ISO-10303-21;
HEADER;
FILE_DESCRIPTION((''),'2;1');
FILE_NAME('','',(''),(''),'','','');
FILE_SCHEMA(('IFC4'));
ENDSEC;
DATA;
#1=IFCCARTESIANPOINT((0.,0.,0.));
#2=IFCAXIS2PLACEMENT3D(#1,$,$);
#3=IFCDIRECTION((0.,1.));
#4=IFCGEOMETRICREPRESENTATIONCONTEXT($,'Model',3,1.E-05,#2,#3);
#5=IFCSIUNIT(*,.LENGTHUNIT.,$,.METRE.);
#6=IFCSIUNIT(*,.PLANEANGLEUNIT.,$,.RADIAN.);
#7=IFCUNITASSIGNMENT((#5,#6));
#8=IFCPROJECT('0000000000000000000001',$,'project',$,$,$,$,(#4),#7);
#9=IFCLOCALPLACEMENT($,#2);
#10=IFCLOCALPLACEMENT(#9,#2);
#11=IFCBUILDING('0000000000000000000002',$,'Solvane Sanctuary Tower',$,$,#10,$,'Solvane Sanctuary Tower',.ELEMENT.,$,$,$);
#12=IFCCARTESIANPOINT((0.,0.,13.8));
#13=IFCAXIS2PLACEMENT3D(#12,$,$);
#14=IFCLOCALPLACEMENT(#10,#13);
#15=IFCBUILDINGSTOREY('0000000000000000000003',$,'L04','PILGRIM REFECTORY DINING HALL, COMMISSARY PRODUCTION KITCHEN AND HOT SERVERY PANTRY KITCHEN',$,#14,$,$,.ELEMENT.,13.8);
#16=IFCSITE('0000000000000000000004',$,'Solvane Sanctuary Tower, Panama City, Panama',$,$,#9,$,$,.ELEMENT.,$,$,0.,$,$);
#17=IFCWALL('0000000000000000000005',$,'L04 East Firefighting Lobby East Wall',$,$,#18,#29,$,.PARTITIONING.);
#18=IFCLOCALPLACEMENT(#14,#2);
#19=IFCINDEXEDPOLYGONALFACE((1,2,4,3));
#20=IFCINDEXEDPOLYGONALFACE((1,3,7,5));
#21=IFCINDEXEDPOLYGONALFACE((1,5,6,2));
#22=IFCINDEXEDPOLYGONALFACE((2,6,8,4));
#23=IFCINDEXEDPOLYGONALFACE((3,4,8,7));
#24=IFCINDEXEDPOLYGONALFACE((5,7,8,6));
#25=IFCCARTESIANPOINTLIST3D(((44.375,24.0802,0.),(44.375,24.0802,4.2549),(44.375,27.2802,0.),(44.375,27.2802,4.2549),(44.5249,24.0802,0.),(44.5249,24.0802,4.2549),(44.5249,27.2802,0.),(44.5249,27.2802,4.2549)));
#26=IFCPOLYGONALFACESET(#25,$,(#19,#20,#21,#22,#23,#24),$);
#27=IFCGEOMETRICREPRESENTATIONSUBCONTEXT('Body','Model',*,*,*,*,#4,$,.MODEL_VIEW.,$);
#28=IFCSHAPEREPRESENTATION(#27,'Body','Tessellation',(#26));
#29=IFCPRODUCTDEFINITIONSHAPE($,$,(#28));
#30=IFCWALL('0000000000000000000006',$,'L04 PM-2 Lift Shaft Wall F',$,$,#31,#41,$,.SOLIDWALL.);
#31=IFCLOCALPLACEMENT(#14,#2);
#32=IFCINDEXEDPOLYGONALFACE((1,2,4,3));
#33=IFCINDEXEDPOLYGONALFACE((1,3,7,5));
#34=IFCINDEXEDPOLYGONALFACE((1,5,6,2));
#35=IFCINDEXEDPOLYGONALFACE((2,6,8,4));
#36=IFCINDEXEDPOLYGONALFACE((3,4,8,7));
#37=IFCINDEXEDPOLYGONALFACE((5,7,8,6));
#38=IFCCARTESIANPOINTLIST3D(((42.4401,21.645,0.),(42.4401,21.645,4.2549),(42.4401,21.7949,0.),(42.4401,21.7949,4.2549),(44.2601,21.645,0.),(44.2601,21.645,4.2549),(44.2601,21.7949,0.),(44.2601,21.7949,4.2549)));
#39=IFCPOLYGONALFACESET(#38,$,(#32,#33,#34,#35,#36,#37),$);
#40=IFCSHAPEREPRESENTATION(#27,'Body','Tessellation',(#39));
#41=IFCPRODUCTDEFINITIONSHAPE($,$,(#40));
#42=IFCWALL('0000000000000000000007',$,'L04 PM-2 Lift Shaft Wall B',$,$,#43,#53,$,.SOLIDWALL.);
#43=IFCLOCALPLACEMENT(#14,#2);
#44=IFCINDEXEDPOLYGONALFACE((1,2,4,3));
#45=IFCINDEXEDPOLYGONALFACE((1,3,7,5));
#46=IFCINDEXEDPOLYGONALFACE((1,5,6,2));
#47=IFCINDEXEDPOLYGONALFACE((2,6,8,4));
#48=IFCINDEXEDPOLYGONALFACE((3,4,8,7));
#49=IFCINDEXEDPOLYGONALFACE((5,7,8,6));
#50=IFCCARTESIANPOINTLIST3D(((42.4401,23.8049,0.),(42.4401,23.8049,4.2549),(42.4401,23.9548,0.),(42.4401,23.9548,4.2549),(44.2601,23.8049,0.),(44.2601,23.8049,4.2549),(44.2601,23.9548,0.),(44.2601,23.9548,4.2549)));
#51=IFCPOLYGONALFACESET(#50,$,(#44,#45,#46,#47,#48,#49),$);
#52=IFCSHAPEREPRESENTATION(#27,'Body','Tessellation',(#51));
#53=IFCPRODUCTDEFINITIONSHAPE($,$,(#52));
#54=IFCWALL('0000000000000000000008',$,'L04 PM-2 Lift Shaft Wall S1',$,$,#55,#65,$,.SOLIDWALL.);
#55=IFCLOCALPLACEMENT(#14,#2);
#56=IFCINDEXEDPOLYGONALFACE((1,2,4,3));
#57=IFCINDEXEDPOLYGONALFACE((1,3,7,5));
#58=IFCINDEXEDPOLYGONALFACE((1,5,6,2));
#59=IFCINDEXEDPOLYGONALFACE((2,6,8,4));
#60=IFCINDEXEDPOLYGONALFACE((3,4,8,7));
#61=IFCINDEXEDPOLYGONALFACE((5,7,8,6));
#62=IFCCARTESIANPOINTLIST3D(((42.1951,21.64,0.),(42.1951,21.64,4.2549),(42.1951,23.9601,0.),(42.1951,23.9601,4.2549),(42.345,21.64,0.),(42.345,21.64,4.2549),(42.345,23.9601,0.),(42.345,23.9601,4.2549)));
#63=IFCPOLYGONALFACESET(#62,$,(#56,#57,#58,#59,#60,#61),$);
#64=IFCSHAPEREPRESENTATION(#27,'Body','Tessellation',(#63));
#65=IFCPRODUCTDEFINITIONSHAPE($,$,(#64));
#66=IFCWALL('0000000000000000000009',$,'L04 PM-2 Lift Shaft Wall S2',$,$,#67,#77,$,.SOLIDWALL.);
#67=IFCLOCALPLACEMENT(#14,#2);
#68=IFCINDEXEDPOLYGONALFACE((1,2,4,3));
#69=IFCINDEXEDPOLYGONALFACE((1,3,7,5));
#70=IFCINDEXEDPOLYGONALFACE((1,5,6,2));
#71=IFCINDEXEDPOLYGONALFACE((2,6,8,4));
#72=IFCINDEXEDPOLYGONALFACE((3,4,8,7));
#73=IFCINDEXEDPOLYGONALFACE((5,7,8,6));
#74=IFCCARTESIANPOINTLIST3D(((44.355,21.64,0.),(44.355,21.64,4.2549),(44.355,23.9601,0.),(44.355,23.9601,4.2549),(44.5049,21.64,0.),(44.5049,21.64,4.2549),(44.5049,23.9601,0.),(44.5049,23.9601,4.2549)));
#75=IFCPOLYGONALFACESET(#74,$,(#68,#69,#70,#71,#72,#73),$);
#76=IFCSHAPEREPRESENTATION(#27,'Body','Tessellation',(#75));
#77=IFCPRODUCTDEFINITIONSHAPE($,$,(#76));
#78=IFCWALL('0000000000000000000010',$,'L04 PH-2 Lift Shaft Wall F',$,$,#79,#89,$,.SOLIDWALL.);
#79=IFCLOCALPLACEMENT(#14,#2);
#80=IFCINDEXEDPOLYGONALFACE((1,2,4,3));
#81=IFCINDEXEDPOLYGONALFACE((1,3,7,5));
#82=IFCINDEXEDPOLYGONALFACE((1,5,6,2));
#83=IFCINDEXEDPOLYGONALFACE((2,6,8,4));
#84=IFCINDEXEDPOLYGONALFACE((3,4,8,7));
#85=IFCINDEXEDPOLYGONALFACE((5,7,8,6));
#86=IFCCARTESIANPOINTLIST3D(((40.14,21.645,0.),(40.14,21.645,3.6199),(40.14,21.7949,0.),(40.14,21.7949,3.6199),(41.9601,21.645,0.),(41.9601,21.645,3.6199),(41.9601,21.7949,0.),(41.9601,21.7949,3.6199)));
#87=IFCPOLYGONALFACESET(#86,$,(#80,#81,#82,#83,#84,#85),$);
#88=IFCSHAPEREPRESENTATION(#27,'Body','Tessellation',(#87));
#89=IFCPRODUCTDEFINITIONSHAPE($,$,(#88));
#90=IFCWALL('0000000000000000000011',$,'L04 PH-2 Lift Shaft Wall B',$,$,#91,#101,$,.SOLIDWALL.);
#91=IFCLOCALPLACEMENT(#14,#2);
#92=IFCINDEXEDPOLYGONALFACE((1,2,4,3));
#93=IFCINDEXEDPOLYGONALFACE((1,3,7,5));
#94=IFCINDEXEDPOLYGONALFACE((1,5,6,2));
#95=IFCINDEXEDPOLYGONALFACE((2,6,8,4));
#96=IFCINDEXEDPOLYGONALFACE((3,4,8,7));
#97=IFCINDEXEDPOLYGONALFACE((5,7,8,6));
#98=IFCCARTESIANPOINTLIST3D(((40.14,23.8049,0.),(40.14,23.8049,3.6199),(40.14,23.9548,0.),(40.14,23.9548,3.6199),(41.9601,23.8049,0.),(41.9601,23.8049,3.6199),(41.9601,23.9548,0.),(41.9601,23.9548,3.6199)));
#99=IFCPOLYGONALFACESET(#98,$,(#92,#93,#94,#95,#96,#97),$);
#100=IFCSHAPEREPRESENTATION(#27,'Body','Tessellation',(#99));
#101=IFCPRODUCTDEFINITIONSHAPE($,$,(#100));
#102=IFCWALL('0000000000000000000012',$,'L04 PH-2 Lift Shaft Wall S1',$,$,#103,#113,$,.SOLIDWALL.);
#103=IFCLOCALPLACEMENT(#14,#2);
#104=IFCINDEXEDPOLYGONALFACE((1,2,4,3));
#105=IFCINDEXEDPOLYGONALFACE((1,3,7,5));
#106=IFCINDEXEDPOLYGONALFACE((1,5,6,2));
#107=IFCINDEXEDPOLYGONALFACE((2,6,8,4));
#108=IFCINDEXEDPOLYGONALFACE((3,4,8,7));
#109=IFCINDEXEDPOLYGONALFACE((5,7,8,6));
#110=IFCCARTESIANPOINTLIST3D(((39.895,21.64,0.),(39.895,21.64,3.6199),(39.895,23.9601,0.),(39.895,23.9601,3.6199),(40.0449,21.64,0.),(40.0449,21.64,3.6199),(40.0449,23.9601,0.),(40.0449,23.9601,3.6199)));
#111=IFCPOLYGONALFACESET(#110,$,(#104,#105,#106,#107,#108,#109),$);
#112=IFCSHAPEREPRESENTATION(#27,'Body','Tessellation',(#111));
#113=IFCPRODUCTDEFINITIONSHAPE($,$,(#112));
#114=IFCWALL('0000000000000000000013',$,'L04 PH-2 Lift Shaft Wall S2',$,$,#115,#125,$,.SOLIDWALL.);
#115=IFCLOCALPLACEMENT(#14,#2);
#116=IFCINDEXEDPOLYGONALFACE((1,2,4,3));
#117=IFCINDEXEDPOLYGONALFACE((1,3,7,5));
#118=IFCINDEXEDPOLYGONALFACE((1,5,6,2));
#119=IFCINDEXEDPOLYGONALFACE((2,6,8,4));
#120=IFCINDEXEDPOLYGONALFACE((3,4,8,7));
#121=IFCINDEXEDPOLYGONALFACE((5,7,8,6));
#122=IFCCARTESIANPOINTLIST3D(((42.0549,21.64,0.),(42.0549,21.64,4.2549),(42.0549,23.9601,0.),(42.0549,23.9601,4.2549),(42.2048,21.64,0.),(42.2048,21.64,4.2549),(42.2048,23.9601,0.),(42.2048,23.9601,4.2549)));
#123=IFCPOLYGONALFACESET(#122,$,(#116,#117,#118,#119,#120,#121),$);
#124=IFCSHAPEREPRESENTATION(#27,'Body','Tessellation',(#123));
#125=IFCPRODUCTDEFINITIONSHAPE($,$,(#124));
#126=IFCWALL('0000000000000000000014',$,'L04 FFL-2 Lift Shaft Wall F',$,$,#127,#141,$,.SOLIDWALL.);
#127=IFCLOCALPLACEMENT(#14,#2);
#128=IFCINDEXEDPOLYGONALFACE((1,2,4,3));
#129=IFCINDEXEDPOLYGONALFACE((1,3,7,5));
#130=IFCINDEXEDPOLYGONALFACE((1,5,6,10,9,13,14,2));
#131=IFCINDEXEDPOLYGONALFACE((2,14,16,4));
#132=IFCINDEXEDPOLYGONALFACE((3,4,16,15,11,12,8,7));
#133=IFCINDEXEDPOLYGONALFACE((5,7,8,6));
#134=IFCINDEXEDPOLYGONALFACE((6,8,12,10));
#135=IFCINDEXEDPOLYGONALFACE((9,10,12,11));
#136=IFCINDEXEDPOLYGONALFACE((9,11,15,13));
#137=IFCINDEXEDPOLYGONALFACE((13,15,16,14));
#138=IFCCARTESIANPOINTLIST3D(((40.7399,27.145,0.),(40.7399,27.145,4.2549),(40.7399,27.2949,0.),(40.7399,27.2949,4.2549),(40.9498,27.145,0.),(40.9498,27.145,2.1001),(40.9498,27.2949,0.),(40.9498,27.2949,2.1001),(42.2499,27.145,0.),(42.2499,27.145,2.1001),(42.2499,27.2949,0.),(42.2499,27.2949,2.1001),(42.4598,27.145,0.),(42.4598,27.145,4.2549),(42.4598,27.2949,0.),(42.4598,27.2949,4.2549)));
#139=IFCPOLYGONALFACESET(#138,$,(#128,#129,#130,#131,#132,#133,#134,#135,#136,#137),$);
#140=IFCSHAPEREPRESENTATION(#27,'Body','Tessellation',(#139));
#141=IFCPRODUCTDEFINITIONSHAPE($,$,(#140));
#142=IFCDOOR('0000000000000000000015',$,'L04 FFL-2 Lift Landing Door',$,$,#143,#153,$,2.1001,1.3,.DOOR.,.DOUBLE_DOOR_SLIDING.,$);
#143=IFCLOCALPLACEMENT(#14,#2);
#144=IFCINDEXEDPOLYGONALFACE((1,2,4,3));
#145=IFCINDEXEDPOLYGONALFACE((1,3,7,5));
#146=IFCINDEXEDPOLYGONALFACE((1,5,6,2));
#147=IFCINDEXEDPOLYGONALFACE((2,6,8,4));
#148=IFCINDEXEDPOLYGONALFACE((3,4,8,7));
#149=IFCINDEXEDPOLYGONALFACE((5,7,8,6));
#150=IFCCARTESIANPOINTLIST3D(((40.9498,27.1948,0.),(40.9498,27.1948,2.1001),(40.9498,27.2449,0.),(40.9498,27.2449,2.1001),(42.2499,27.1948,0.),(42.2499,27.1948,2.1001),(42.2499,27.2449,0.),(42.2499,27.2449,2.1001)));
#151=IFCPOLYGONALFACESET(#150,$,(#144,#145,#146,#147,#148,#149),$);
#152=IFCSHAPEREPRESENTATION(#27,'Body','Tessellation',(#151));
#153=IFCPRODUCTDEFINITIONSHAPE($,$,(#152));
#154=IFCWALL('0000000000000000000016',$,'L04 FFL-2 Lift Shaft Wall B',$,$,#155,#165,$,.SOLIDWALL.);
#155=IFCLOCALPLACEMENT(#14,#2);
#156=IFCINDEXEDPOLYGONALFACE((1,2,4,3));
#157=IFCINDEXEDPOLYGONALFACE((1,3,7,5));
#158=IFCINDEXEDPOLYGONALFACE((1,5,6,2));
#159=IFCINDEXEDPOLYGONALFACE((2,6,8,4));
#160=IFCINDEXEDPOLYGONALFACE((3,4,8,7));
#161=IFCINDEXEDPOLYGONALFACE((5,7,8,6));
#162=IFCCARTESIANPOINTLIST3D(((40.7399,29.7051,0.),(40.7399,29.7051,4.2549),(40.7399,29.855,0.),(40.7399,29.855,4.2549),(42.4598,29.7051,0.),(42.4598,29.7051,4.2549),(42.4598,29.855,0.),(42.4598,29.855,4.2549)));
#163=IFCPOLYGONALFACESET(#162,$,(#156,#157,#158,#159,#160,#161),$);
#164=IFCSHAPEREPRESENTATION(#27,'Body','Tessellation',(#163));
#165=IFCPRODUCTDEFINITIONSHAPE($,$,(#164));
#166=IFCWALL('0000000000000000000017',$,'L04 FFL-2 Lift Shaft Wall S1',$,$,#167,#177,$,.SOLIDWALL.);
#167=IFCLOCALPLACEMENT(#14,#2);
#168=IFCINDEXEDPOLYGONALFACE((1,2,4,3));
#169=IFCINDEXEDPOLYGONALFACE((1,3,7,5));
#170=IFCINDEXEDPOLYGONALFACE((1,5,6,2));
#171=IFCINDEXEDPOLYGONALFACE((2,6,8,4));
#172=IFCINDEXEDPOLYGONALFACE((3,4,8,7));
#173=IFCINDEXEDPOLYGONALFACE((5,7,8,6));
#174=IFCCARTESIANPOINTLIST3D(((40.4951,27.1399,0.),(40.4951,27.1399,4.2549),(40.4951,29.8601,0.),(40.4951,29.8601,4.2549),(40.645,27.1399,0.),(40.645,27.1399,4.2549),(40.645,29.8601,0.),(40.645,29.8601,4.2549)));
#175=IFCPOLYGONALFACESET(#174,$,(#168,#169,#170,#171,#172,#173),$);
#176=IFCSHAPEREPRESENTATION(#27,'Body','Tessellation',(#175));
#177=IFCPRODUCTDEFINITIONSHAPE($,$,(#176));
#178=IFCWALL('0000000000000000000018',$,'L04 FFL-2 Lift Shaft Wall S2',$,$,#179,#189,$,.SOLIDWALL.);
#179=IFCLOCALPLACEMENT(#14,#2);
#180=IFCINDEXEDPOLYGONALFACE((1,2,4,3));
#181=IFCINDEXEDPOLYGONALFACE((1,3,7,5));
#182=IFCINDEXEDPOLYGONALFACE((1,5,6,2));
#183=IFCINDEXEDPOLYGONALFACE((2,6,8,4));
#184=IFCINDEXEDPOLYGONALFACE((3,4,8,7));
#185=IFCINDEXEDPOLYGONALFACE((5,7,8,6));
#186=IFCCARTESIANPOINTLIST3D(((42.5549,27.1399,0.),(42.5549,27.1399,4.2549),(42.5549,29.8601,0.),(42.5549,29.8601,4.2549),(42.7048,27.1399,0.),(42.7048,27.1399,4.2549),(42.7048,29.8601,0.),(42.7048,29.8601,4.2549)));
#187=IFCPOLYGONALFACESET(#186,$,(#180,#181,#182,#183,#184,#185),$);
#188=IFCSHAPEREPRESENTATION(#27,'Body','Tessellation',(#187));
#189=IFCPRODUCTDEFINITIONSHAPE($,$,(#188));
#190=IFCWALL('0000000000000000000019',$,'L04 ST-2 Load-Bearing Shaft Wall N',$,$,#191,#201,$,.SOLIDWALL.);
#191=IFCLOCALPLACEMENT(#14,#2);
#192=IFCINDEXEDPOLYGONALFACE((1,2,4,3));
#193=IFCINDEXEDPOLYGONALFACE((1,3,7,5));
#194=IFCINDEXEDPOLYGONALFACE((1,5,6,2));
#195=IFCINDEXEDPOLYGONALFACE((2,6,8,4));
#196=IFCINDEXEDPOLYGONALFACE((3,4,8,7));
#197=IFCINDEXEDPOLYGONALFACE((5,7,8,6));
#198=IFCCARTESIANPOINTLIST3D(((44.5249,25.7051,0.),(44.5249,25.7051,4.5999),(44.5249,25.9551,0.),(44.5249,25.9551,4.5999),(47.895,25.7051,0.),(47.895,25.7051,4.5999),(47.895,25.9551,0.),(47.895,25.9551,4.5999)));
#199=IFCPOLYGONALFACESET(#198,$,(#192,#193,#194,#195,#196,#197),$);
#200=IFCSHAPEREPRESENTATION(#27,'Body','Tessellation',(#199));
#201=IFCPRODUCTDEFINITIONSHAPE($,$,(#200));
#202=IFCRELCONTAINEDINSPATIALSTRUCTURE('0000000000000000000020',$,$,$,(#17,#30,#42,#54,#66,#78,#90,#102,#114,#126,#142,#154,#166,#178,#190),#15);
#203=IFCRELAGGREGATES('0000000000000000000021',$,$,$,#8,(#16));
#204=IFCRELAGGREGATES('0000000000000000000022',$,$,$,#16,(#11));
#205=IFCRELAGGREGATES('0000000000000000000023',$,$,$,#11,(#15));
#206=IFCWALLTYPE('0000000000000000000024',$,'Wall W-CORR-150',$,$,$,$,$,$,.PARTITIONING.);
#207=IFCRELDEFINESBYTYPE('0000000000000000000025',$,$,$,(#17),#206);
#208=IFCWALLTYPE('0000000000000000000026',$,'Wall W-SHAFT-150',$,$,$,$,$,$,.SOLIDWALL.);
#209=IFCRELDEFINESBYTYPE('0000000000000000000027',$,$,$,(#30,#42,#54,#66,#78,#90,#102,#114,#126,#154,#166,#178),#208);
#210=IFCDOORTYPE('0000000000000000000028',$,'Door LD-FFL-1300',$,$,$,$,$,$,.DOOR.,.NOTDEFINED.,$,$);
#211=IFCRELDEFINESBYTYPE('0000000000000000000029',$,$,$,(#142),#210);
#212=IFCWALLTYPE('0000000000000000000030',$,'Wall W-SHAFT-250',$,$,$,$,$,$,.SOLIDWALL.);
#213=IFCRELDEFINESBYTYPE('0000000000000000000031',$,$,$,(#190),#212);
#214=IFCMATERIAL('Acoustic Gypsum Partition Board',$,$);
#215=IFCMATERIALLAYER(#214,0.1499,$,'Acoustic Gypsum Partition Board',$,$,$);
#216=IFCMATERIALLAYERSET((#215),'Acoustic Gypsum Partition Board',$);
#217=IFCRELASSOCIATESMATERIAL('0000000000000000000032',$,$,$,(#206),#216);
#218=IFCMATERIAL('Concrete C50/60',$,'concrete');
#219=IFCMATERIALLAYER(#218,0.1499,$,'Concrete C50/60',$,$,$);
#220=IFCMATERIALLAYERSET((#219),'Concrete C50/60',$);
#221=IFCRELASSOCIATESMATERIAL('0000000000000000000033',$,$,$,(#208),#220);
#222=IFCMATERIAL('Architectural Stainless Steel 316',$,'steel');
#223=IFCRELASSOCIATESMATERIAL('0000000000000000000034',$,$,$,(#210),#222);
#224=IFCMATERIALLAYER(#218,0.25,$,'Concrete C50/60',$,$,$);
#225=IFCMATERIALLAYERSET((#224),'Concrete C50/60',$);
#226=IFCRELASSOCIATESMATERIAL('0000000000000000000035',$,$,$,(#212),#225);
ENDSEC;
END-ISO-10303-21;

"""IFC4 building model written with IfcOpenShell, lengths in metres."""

from ifc_helpers import new_model, si_unit, direction, frame, frame_2d, origin, place, context, subcontext, project, spatial, rectangle, extrude, material, layer, layer_set, type_object, element, fill, save


model = new_model("IFC4")

# Units and contexts
model_context = context("Model", 3, precision=1e-05, world=origin(), true_north=direction((0.0, 1.0)))
body_context = subcontext(model_context, "Body", "Model", "MODEL_VIEW")
ifc_project = project(units=[si_unit("LENGTHUNIT", "METRE"), si_unit("PLANEANGLEUNIT", "RADIAN")], contexts=[model_context])

# Site, building, storey
site_placement = place(None, origin())
site = spatial("IfcSite", under=ifc_project, at=site_placement, Name="Solvane Sanctuary Tower, Panama City, Panama", CompositionType="ELEMENT", RefElevation=0.0)
building_placement = place(site_placement, origin())
building = spatial("IfcBuilding", under=site, at=building_placement, Name="Solvane Sanctuary Tower", LongName="Solvane Sanctuary Tower", CompositionType="ELEMENT")
storey_placement = place(building_placement, frame((0.0, 0.0, 13.8)))
storey = spatial("IfcBuildingStorey", under=building, at=storey_placement, Name="L04", Description="PILGRIM REFECTORY DINING HALL, COMMISSARY PRODUCTION KITCHEN AND HOT SERVERY PANTRY KITCHEN", CompositionType="ELEMENT", Elevation=13.8)

# Walls
ifc_material_1 = material(Name="Acoustic Gypsum Partition Board")
ifc_layer_1 = layer(ifc_material_1, 0.1499, Name="Acoustic Gypsum Partition Board")
ifc_layer_set_1 = layer_set([ifc_layer_1], Name="Acoustic Gypsum Partition Board")
wall_type_1 = type_object("IfcWallType", Name="Wall W-CORR-150", PredefinedType="PARTITIONING", material=ifc_layer_set_1)
wall_1_placement = place(storey_placement, frame((44.45, 24.0801, 0.0), z_axis=(0.0, 0.0, 1.0), x_axis=(0.0, 1.0, 0.0)))
element("IfcWall", 1, at=wall_1_placement, inside=storey, type_object=wall_type_1, Name="L04 East Firefighting Lobby East Wall", PredefinedType="PARTITIONING", context=body_context, shape_type="SweptSolid", body=[
    extrude(rectangle(XDim=3.2, YDim=0.1499, at=frame_2d((1.6001, 0.0))), origin(), (0.0, 0.0, 1.0), 4.2549),
])
ifc_material_2 = material(Name="Concrete C50/60", Category="concrete")
ifc_layer_2 = layer(ifc_material_2, 0.1499, Name="Concrete C50/60")
ifc_layer_set_2 = layer_set([ifc_layer_2], Name="Concrete C50/60")
wall_type_2 = type_object("IfcWallType", Name="Wall W-SHAFT-150", PredefinedType="SOLIDWALL", material=ifc_layer_set_2)
for number, where, z_axis, x_axis, name in (
    (2, (42.4399, 21.72, 0.0), (0.0, 0.0, 1.0), (1.0, 0.0, 0.0), "L04 PM-2 Lift Shaft Wall F"),
    (3, (42.4399, 23.8799, 0.0), (0.0, 0.0, 1.0), (1.0, 0.0, 0.0), "L04 PM-2 Lift Shaft Wall B"),
):
    element("IfcWall", number, at=place(storey_placement, frame(where, z_axis=z_axis, x_axis=x_axis)), inside=storey, type_object=wall_type_2, Name=name, PredefinedType="SOLIDWALL", context=body_context, shape_type="SweptSolid", body=[
        extrude(rectangle(XDim=1.8201, YDim=0.1499, at=frame_2d((0.9102, 0.0))), origin(), (0.0, 0.0, 1.0), 4.2549),
    ])
for number, where, z_axis, x_axis, name in (
    (4, (42.27, 21.6399, 0.0), (0.0, 0.0, 1.0), (0.0, 1.0, 0.0), "L04 PM-2 Lift Shaft Wall S1"),
    (5, (44.4299, 21.6399, 0.0), (0.0, 0.0, 1.0), (0.0, 1.0, 0.0), "L04 PM-2 Lift Shaft Wall S2"),
):
    element("IfcWall", number, at=place(storey_placement, frame(where, z_axis=z_axis, x_axis=x_axis)), inside=storey, type_object=wall_type_2, Name=name, PredefinedType="SOLIDWALL", context=body_context, shape_type="SweptSolid", body=[
        extrude(rectangle(XDim=2.3201, YDim=0.1499, at=frame_2d((1.1602, 0.0))), origin(), (0.0, 0.0, 1.0), 4.2549),
    ])
for number, where, z_axis, x_axis, name in (
    (6, (40.1399, 21.72, 0.0), (0.0, 0.0, 1.0), (1.0, 0.0, 0.0), "L04 PH-2 Lift Shaft Wall F"),
    (7, (40.1399, 23.8799, 0.0), (0.0, 0.0, 1.0), (1.0, 0.0, 0.0), "L04 PH-2 Lift Shaft Wall B"),
):
    element("IfcWall", number, at=place(storey_placement, frame(where, z_axis=z_axis, x_axis=x_axis)), inside=storey, type_object=wall_type_2, Name=name, PredefinedType="SOLIDWALL", context=body_context, shape_type="SweptSolid", body=[
        extrude(rectangle(XDim=1.8201, YDim=0.1499, at=frame_2d((0.9102, 0.0))), origin(), (0.0, 0.0, 1.0), 3.6199),
    ])
wall_2_placement = place(storey_placement, frame((39.97, 21.6399, 0.0), z_axis=(0.0, 0.0, 1.0), x_axis=(0.0, 1.0, 0.0)))
element("IfcWall", 8, at=wall_2_placement, inside=storey, type_object=wall_type_2, Name="L04 PH-2 Lift Shaft Wall S1", PredefinedType="SOLIDWALL", context=body_context, shape_type="SweptSolid", body=[
    extrude(rectangle(XDim=2.3201, YDim=0.1499, at=frame_2d((1.1602, 0.0))), origin(), (0.0, 0.0, 1.0), 3.6199),
])
wall_3_placement = place(storey_placement, frame((42.1299, 21.6399, 0.0), z_axis=(0.0, 0.0, 1.0), x_axis=(0.0, 1.0, 0.0)))
element("IfcWall", 9, at=wall_3_placement, inside=storey, type_object=wall_type_2, Name="L04 PH-2 Lift Shaft Wall S2", PredefinedType="SOLIDWALL", context=body_context, shape_type="SweptSolid", body=[
    extrude(rectangle(XDim=2.3201, YDim=0.1499, at=frame_2d((1.1602, 0.0))), origin(), (0.0, 0.0, 1.0), 4.2549),
])

# Wall, opening, door
wall_4_placement = place(storey_placement, frame((40.74, 27.22, 0.0), z_axis=(0.0, 0.0, 1.0), x_axis=(1.0, 0.0, 0.0)))
wall_4 = element("IfcWall", 10, at=wall_4_placement, inside=storey, type_object=wall_type_2, Name="L04 FFL-2 Lift Shaft Wall F", PredefinedType="SOLIDWALL", context=body_context, shape_type="SweptSolid", body=[
    extrude(rectangle(XDim=1.72, YDim=0.1499, at=frame_2d((0.8599, 0.0))), origin(), (0.0, 0.0, 1.0), 4.2549),
])
opening_1_placement = place(wall_4_placement, frame((0.21, 0.0, 0.0)))
opening_1 = element("IfcOpeningElement", 11, at=opening_1_placement, cuts=wall_4, PredefinedType="OPENING", context=body_context, shape_type="SweptSolid", body=[
    extrude(rectangle(XDim=1.3, YDim=2.1001, at=frame_2d((0.6499, 1.05))), frame((0.0, 0.085, 0.0), z_axis=(0.0, -1.0, 0.0), x_axis=(1.0, 0.0, 0.0)), (0.0, 0.0, 1.0), 0.1699),
])
ifc_material_3 = material(Name="Architectural Stainless Steel 316", Category="steel")
door_type_1 = type_object("IfcDoorType", Name="Door LD-FFL-1300", OperationType="NOTDEFINED", PredefinedType="DOOR", material=ifc_material_3)
door_1_placement = place(opening_1_placement, origin())
door_1 = element("IfcDoor", 12, at=door_1_placement, inside=storey, type_object=door_type_1, Name="L04 FFL-2 Lift Landing Door", OperationType="DOUBLE_DOOR_SLIDING", OverallHeight=2.1001, OverallWidth=1.3, PredefinedType="DOOR", context=body_context, shape_type="SweptSolid", body=[
    extrude(rectangle(XDim=1.3, YDim=2.1001, at=frame_2d((0.6499, 1.05))), frame((0.0, 0.0249, 0.0), z_axis=(0.0, -1.0, 0.0), x_axis=(1.0, 0.0, 0.0)), (0.0, 0.0, 1.0), 0.05),
])
fill(opening_1, door_1)

# Walls
wall_5_placement = place(storey_placement, frame((40.74, 29.78, 0.0), z_axis=(0.0, 0.0, 1.0), x_axis=(1.0, 0.0, 0.0)))
element("IfcWall", 13, at=wall_5_placement, inside=storey, type_object=wall_type_2, Name="L04 FFL-2 Lift Shaft Wall B", PredefinedType="SOLIDWALL", context=body_context, shape_type="SweptSolid", body=[
    extrude(rectangle(XDim=1.72, YDim=0.1499, at=frame_2d((0.8599, 0.0))), origin(), (0.0, 0.0, 1.0), 4.2549),
])
for number, where, z_axis, x_axis, name in (
    (14, (40.5701, 27.1399, 0.0), (0.0, 0.0, 1.0), (0.0, 1.0, 0.0), "L04 FFL-2 Lift Shaft Wall S1"),
    (15, (42.6299, 27.1399, 0.0), (0.0, 0.0, 1.0), (0.0, 1.0, 0.0), "L04 FFL-2 Lift Shaft Wall S2"),
):
    element("IfcWall", number, at=place(storey_placement, frame(where, z_axis=z_axis, x_axis=x_axis)), inside=storey, type_object=wall_type_2, Name=name, PredefinedType="SOLIDWALL", context=body_context, shape_type="SweptSolid", body=[
        extrude(rectangle(XDim=2.7202, YDim=0.1499, at=frame_2d((1.3601, 0.0))), origin(), (0.0, 0.0, 1.0), 4.2549),
    ])
ifc_layer_3 = layer(ifc_material_2, 0.25, Name="Concrete C50/60")
ifc_layer_set_3 = layer_set([ifc_layer_3], Name="Concrete C50/60")
wall_type_3 = type_object("IfcWallType", Name="Wall W-SHAFT-250", PredefinedType="SOLIDWALL", material=ifc_layer_set_3)
wall_6_placement = place(storey_placement, frame((44.5249, 25.8301, 0.0), z_axis=(0.0, 0.0, 1.0), x_axis=(1.0, 0.0, 0.0)))
element("IfcWall", 16, at=wall_6_placement, inside=storey, type_object=wall_type_3, Name="L04 ST-2 Load-Bearing Shaft Wall N", PredefinedType="SOLIDWALL", context=body_context, shape_type="SweptSolid", body=[
    extrude(rectangle(XDim=3.3701, YDim=0.25, at=frame_2d((1.6851, 0.0))), origin(), (0.0, 0.0, 1.0), 4.5999),
])

save(model, "model.ifc")
